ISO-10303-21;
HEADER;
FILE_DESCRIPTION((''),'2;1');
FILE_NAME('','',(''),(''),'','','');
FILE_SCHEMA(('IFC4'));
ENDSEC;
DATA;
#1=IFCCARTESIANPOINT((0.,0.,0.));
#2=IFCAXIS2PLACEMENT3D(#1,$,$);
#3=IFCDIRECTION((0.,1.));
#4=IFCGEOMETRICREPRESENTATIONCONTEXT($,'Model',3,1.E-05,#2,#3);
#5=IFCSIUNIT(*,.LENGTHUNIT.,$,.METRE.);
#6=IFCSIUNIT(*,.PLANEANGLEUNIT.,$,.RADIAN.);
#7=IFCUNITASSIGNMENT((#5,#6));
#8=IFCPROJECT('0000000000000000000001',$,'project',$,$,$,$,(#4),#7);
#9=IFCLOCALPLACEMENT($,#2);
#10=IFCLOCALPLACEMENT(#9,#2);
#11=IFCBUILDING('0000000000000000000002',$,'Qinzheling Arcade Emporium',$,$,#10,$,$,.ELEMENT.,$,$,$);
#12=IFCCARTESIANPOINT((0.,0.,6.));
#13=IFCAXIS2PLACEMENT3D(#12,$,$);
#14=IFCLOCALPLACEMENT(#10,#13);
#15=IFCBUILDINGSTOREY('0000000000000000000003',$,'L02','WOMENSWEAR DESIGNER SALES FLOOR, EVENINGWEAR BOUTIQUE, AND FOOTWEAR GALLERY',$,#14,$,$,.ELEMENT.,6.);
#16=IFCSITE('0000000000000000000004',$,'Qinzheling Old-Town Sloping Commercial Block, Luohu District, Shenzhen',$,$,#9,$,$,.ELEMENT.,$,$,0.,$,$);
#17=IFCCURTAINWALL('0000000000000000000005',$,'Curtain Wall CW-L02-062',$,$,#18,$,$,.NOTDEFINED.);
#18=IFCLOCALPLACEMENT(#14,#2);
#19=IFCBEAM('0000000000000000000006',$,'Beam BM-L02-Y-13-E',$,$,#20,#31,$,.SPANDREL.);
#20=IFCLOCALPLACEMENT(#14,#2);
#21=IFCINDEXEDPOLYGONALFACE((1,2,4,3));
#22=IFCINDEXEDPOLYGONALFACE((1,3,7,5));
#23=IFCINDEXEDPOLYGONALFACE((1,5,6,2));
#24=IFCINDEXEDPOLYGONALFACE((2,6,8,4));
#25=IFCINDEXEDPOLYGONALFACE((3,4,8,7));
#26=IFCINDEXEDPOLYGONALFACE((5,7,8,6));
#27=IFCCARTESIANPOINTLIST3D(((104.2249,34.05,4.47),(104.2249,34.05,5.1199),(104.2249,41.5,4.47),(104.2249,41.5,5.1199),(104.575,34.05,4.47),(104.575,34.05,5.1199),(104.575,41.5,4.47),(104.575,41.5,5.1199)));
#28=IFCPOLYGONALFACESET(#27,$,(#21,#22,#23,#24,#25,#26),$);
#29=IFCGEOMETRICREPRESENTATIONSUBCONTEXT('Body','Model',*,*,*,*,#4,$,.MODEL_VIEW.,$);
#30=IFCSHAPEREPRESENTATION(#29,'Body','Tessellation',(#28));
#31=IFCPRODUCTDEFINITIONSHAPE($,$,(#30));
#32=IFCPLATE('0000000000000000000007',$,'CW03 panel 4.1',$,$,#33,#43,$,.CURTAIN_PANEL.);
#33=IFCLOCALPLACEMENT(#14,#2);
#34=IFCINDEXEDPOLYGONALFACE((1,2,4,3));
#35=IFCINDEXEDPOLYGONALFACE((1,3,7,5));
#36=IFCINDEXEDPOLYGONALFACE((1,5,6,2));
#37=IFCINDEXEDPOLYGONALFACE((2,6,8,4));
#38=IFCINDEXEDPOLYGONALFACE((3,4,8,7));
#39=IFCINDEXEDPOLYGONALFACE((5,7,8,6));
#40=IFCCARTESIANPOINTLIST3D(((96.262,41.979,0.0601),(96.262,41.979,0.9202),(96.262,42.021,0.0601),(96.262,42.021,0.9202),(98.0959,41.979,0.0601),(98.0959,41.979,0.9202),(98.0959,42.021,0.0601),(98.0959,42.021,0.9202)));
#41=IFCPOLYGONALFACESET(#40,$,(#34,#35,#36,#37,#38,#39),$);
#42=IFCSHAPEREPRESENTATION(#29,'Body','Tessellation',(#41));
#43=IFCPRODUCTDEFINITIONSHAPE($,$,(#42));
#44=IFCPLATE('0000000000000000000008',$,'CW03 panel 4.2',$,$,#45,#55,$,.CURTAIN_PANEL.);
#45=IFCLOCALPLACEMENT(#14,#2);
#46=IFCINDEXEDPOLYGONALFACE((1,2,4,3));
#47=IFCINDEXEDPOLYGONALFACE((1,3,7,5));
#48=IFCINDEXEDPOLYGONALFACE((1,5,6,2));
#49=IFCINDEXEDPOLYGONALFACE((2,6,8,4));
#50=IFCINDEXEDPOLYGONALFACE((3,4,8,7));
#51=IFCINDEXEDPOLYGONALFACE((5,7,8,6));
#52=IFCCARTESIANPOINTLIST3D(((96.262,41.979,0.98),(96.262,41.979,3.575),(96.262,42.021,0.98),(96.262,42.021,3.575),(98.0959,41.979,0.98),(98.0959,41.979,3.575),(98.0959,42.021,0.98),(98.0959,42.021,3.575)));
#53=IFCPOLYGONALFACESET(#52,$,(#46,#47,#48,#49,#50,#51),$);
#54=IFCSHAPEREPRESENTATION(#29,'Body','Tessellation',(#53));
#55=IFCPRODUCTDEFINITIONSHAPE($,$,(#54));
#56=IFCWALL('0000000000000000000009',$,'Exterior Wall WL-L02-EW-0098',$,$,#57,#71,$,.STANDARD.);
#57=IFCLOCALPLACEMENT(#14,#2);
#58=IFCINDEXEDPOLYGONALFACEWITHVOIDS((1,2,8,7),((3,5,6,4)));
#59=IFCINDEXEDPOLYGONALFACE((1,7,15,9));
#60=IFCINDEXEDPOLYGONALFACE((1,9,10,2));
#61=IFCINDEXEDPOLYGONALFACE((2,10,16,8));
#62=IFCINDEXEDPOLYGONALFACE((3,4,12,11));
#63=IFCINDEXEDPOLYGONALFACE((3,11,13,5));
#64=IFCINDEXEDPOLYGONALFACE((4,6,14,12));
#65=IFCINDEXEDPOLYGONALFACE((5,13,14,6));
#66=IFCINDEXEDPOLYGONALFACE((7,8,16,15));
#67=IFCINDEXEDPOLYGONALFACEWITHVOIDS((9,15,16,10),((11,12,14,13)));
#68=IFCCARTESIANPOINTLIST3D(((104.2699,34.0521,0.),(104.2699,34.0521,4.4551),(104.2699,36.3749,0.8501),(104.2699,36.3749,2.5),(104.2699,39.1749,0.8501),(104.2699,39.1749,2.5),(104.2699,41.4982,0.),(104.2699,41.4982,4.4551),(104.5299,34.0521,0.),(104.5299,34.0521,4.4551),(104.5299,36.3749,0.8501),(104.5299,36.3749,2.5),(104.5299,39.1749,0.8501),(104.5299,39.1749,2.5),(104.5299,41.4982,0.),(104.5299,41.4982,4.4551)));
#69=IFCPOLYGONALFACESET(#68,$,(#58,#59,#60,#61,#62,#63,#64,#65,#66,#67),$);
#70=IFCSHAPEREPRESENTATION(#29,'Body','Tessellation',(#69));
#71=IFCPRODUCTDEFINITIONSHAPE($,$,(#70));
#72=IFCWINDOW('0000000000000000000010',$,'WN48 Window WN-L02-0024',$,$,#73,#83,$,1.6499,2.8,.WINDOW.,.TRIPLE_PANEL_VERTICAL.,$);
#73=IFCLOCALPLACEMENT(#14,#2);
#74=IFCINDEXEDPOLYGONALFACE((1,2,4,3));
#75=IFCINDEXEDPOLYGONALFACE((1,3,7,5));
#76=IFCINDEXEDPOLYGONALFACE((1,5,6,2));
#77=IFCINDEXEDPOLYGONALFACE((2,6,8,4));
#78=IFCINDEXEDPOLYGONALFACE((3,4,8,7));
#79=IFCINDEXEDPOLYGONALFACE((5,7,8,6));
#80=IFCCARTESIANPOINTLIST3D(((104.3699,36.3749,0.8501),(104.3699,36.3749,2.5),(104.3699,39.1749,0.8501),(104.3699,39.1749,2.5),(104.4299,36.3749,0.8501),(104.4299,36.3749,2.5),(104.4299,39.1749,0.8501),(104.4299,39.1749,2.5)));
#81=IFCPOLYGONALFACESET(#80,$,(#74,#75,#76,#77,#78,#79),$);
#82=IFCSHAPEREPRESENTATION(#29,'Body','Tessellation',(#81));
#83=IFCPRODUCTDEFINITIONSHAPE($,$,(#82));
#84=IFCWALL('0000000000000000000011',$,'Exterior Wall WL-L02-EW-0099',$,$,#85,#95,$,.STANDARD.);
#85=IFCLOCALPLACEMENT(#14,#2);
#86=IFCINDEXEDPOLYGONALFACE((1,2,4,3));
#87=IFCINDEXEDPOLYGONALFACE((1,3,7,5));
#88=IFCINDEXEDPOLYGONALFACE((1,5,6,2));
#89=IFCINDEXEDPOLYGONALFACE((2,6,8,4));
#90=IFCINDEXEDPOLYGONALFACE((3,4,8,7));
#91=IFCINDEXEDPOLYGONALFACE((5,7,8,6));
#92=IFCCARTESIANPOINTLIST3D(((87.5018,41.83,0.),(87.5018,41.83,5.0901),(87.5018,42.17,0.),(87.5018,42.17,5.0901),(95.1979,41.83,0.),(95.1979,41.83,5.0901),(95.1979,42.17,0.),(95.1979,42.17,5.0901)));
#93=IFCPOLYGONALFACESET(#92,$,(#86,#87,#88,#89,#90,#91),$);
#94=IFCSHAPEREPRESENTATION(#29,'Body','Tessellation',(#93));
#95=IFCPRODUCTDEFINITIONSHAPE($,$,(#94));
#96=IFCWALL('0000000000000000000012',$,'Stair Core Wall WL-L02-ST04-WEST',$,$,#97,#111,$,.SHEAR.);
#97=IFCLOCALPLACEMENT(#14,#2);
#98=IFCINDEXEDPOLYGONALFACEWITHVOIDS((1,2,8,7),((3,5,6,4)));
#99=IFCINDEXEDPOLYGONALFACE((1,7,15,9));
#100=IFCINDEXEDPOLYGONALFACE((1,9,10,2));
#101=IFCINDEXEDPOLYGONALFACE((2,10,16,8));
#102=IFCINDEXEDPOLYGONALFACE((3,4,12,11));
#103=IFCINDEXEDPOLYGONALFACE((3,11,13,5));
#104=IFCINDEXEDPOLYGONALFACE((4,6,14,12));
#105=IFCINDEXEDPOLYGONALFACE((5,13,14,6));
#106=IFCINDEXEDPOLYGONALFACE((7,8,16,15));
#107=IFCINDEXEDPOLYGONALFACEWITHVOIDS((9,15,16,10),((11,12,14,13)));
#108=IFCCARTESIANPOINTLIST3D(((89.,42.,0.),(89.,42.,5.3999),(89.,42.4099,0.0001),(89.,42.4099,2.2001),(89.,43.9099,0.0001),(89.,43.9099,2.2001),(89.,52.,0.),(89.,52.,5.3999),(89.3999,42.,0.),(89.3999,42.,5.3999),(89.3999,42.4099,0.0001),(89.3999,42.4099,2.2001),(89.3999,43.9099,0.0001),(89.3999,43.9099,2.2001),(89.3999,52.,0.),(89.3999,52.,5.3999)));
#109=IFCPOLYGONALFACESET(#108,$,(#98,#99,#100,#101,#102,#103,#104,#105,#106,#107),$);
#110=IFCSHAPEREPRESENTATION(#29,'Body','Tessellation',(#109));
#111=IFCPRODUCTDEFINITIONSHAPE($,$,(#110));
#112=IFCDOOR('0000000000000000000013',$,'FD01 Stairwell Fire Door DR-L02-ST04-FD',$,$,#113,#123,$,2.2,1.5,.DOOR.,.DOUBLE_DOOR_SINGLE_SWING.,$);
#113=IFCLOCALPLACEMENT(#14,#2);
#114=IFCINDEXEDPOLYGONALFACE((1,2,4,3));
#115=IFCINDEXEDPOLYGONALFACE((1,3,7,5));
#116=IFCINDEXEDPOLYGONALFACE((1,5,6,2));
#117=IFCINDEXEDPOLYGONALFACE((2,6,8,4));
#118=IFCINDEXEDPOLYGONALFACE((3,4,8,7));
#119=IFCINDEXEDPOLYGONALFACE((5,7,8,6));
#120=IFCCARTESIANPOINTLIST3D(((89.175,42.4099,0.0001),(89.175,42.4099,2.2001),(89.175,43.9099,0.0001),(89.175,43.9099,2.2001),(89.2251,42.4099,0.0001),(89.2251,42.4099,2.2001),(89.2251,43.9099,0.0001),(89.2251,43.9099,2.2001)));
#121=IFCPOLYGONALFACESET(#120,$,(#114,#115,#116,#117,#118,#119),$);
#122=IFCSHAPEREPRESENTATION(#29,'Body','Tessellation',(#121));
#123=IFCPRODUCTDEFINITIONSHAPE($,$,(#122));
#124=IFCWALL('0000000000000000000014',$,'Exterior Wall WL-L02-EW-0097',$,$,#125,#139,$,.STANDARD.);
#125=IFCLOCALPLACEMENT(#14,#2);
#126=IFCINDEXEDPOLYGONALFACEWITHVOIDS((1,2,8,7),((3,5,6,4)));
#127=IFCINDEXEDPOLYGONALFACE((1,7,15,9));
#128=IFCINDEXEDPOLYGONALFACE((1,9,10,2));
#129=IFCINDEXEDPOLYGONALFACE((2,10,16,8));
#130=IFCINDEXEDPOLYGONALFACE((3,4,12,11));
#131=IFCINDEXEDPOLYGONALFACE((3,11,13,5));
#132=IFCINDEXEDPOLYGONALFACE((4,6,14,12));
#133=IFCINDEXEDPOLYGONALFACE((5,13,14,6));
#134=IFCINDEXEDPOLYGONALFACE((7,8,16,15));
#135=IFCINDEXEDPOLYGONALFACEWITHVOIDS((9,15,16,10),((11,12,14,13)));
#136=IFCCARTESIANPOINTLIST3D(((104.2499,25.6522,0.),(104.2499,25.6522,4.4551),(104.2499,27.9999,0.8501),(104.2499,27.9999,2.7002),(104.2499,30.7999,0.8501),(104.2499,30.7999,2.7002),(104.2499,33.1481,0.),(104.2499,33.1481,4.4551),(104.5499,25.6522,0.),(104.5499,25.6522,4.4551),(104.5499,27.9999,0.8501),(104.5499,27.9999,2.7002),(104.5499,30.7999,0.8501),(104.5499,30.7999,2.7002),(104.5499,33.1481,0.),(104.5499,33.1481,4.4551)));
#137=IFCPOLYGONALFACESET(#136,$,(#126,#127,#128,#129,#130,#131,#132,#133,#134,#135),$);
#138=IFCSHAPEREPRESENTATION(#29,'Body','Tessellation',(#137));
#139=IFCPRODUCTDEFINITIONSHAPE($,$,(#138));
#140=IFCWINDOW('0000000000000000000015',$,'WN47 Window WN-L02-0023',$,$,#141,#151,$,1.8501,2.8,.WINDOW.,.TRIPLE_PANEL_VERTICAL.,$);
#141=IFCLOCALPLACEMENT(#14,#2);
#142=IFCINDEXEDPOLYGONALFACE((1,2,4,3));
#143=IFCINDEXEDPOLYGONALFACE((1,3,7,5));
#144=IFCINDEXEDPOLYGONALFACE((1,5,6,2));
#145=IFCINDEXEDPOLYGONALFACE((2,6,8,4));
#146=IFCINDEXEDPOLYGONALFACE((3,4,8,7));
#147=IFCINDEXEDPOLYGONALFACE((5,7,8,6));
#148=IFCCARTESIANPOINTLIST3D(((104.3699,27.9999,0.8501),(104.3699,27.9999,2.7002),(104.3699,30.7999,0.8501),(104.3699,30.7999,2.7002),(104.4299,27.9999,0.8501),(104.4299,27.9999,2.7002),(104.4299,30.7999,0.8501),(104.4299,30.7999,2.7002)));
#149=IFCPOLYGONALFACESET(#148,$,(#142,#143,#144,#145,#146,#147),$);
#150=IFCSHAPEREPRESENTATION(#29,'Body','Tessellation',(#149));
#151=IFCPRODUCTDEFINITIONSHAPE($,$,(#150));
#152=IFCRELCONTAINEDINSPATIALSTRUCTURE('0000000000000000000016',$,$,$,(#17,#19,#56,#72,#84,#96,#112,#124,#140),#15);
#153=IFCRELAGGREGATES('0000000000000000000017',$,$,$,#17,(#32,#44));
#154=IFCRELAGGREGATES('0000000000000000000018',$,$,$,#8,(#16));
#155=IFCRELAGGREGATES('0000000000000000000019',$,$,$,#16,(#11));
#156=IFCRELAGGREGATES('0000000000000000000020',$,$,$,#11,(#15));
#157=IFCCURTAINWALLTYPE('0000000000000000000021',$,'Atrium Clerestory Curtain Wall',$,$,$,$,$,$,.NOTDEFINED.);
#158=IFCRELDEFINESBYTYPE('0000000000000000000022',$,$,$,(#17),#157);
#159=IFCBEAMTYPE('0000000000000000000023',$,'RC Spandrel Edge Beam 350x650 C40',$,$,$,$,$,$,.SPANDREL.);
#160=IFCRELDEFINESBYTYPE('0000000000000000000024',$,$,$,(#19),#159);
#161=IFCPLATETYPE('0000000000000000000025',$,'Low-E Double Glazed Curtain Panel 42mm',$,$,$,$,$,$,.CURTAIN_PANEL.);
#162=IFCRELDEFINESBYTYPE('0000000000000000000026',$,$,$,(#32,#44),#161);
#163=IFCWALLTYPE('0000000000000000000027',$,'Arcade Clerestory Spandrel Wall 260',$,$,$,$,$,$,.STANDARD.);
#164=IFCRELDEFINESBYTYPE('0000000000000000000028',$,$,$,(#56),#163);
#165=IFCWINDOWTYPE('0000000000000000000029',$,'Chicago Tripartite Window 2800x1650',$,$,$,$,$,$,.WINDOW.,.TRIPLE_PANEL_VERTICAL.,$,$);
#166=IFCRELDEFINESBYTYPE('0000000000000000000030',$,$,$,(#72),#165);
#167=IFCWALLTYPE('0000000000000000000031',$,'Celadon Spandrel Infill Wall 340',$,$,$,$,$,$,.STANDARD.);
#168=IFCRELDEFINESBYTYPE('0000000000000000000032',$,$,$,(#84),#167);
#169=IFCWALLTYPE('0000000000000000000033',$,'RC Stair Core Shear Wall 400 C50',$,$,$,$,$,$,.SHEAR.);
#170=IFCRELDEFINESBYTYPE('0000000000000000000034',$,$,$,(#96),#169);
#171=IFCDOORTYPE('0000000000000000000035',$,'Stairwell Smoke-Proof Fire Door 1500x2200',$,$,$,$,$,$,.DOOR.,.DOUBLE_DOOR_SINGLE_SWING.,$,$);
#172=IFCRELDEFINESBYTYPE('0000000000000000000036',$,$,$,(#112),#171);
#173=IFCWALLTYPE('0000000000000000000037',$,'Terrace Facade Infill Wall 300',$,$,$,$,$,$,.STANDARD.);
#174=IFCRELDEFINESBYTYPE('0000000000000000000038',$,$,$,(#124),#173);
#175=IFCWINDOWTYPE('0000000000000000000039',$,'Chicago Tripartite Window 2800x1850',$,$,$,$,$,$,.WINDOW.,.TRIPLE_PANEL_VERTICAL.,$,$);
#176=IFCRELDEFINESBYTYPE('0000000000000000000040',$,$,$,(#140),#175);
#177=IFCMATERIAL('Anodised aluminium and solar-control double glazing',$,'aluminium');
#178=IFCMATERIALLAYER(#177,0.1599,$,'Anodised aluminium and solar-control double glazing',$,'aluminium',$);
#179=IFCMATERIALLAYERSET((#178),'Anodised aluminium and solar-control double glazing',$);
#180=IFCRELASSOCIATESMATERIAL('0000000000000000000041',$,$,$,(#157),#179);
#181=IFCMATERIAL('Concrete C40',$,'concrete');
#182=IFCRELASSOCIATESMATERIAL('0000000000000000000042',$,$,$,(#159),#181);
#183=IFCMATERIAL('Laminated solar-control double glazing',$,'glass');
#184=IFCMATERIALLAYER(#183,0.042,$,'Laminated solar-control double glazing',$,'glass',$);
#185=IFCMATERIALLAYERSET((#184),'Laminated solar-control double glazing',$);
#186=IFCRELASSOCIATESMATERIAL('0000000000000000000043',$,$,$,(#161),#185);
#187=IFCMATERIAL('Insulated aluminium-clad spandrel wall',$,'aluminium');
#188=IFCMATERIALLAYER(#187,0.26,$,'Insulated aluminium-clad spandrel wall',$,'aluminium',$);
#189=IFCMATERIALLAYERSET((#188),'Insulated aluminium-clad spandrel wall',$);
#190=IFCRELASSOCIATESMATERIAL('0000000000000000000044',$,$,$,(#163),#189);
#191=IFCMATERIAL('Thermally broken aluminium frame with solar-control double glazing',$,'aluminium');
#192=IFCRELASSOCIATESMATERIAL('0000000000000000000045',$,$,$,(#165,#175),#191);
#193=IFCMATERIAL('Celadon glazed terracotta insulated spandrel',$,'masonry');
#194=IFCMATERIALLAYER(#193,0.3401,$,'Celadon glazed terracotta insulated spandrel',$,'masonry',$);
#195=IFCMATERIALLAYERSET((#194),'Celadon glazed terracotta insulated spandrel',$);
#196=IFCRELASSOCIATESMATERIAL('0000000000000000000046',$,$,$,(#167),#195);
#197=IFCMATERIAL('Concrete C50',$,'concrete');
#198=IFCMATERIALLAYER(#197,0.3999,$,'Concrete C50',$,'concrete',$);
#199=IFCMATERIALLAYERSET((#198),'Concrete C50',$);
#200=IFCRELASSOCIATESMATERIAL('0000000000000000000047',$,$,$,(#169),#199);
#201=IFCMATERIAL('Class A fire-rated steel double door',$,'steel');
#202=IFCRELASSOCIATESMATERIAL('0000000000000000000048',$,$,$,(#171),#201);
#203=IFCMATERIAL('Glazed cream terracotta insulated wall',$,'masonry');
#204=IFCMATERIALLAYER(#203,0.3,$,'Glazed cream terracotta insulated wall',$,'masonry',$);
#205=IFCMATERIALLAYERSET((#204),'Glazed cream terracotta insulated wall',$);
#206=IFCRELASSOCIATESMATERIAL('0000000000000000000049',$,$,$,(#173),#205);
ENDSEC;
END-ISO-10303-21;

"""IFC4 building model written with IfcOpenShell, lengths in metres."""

from ifc_helpers import new_model, si_unit, direction, frame, frame_2d, origin, origin_2d, place, context, subcontext, project, spatial, rectangle, extrude, material, layer, layer_set, material_profile, profile_set, type_object, element, fill, aggregate, save


model = new_model("IFC4")

# Units and contexts
model_context = context("Model", 3, precision=1e-05, world=origin(), true_north=direction((0.0, 1.0)))
body_context = subcontext(model_context, "Body", "Model", "MODEL_VIEW")
ifc_project = project(units=[si_unit("LENGTHUNIT", "METRE"), si_unit("PLANEANGLEUNIT", "RADIAN")], contexts=[model_context])

# Site, building, storey
site_placement = place(None, origin())
site = spatial("IfcSite", under=ifc_project, at=site_placement, Name="Qinzheling Old-Town Sloping Commercial Block, Luohu District, Shenzhen", CompositionType="ELEMENT", RefElevation=0.0)
building_placement = place(site_placement, origin())
building = spatial("IfcBuilding", under=site, at=building_placement, Name="Qinzheling Arcade Emporium", CompositionType="ELEMENT")
storey_placement = place(building_placement, frame((0.0, 0.0, 6.0)))
storey = spatial("IfcBuildingStorey", under=building, at=storey_placement, Name="L02", Description="WOMENSWEAR DESIGNER SALES FLOOR, EVENINGWEAR BOUTIQUE, AND FOOTWEAR GALLERY", CompositionType="ELEMENT", Elevation=6.0)

# Shared definitions
ifc_material_1 = material(Name="Concrete C50", Category="concrete")

# Curtain wall
ifc_material_2 = material(Name="Anodised aluminium and solar-control double glazing", Category="aluminium")
ifc_layer_1 = layer(ifc_material_2, 0.1599, Name="Anodised aluminium and solar-control double glazing", Category="aluminium")
ifc_layer_set_1 = layer_set([ifc_layer_1], Name="Anodised aluminium and solar-control double glazing")
curtain_wall_type = type_object("IfcCurtainWallType", Name="Atrium Clerestory Curtain Wall", PredefinedType="NOTDEFINED", material=ifc_layer_set_1)
curtain_wall_1_placement = place(storey_placement, origin())
curtain_wall_1 = element("IfcCurtainWall", 1, at=curtain_wall_1_placement, inside=storey, type_object=curtain_wall_type, Name="Curtain Wall CW-L02-062", PredefinedType="NOTDEFINED")

# Beam
ifc_material_3 = material(Name="Concrete C40", Category="concrete")
ifc_material_profile_1 = material_profile(ifc_material_3, rectangle(XDim=0.3501, YDim=0.6499, at=origin_2d()), Name="RC 350x650", Category="concrete")
ifc_profile_set_1 = profile_set([ifc_material_profile_1], Name="Concrete C40")
beam_type_1 = type_object("IfcBeamType", Name="RC Spandrel Edge Beam 350x650 C40", PredefinedType="SPANDREL", material=ifc_profile_set_1)
beam_1_placement = place(storey_placement, frame((104.3999, 34.05, 4.7949), z_axis=(0.0, 1.0, 0.0), x_axis=(-1.0, 0.0, 0.0)))
element("IfcBeam", 2, at=beam_1_placement, inside=storey, type_object=beam_type_1, Name="Beam BM-L02-Y-13-E", PredefinedType="SPANDREL", context=body_context, shape_type="SweptSolid", body=[
    extrude(rectangle(XDim=0.3501, YDim=0.6499, at=origin_2d()), origin(), (0.0, 0.0, 1.0), 7.45),
])

# Plates
ifc_material_4 = material(Name="Laminated solar-control double glazing", Category="glass")
ifc_layer_2 = layer(ifc_material_4, 0.042, Name="Laminated solar-control double glazing", Category="glass")
ifc_layer_set_2 = layer_set([ifc_layer_2], Name="Laminated solar-control double glazing")
plate_type = type_object("IfcPlateType", Name="Low-E Double Glazed Curtain Panel 42mm", PredefinedType="CURTAIN_PANEL", material=ifc_layer_set_2)
plate_1_placement = place(storey_placement, frame((97.179, 42.0, 0.0601), z_axis=(0.0, 0.0, 1.0), x_axis=(-1.0, 0.0, 0.0)))
plate_1 = element("IfcPlate", 3, at=plate_1_placement, type_object=plate_type, Name="CW03 panel 4.1", PredefinedType="CURTAIN_PANEL", context=body_context, shape_type="SweptSolid", body=[
    extrude(rectangle(XDim=1.834, YDim=0.042, at=origin_2d()), origin(), (0.0, 0.0, 1.0), 0.8601),
])
plate_2_placement = place(storey_placement, frame((97.179, 42.0, 0.98), z_axis=(0.0, 0.0, 1.0), x_axis=(-1.0, 0.0, 0.0)))
plate_2 = element("IfcPlate", 4, at=plate_2_placement, type_object=plate_type, Name="CW03 panel 4.2", PredefinedType="CURTAIN_PANEL", context=body_context, shape_type="SweptSolid", body=[
    extrude(rectangle(XDim=1.834, YDim=0.042, at=origin_2d()), origin(), (0.0, 0.0, 1.0), 2.595),
])
aggregate(curtain_wall_1, [plate_1, plate_2])

# Wall, opening, window
ifc_material_5 = material(Name="Insulated aluminium-clad spandrel wall", Category="aluminium")
ifc_layer_3 = layer(ifc_material_5, 0.26, Name="Insulated aluminium-clad spandrel wall", Category="aluminium")
ifc_layer_set_3 = layer_set([ifc_layer_3], Name="Insulated aluminium-clad spandrel wall")
wall_type_1 = type_object("IfcWallType", Name="Arcade Clerestory Spandrel Wall 260", PredefinedType="STANDARD", material=ifc_layer_set_3)
wall_1_placement = place(storey_placement, frame((104.3999, 34.052, 0.0), z_axis=(0.0, 0.0, 1.0), x_axis=(0.0, 1.0, 0.0)))
wall_1 = element("IfcWall", 5, at=wall_1_placement, inside=storey, type_object=wall_type_1, Name="Exterior Wall WL-L02-EW-0098", PredefinedType="STANDARD", context=body_context, shape_type="SweptSolid", body=[
    extrude(rectangle(XDim=7.446, YDim=0.26, at=frame_2d((3.7231, 0.0))), origin(), (0.0, 0.0, 1.0), 4.4551),
])
opening_1_placement = place(wall_1_placement, frame((2.323, 0.0, 0.8501)))
opening_1 = element("IfcOpeningElement", 6, at=opening_1_placement, cuts=wall_1, PredefinedType="OPENING", context=body_context, shape_type="SweptSolid", body=[
    extrude(rectangle(XDim=2.8, YDim=1.6499, at=frame_2d((1.3999, 0.825))), frame((0.0, 0.1401, 0.0), z_axis=(0.0, -1.0, 0.0), x_axis=(1.0, 0.0, 0.0)), (0.0, 0.0, 1.0), 0.28),
])
ifc_material_6 = material(Name="Thermally broken aluminium frame with solar-control double glazing", Category="aluminium")
window_type_1 = type_object("IfcWindowType", Name="Chicago Tripartite Window 2800x1650", PartitioningType="TRIPLE_PANEL_VERTICAL", PredefinedType="WINDOW", material=ifc_material_6)
window_1_placement = place(opening_1_placement, origin())
window_1 = element("IfcWindow", 7, at=window_1_placement, inside=storey, type_object=window_type_1, Name="WN48 Window WN-L02-0024", OverallHeight=1.6499, OverallWidth=2.8, PartitioningType="TRIPLE_PANEL_VERTICAL", PredefinedType="WINDOW", context=body_context, shape_type="SweptSolid", body=[
    extrude(rectangle(XDim=2.8, YDim=1.6499, at=frame_2d((1.3999, 0.825))), frame((0.0, 0.03, 0.0), z_axis=(0.0, -1.0, 0.0), x_axis=(1.0, 0.0, 0.0)), (0.0, 0.0, 1.0), 0.0601),
])
fill(opening_1, window_1)

# Wall
ifc_material_7 = material(Name="Celadon glazed terracotta insulated spandrel", Category="masonry")
ifc_layer_4 = layer(ifc_material_7, 0.3401, Name="Celadon glazed terracotta insulated spandrel", Category="masonry")
ifc_layer_set_4 = layer_set([ifc_layer_4], Name="Celadon glazed terracotta insulated spandrel")
wall_type_2 = type_object("IfcWallType", Name="Celadon Spandrel Infill Wall 340", PredefinedType="STANDARD", material=ifc_layer_set_4)
wall_2_placement = place(storey_placement, frame((95.198, 42.0, 0.0), z_axis=(0.0, 0.0, 1.0), x_axis=(-1.0, 0.0, 0.0)))
element("IfcWall", 8, at=wall_2_placement, inside=storey, type_object=wall_type_2, Name="Exterior Wall WL-L02-EW-0099", PredefinedType="STANDARD", context=body_context, shape_type="SweptSolid", body=[
    extrude(rectangle(XDim=7.696, YDim=0.3401, at=frame_2d((3.8481, 0.0))), origin(), (0.0, 0.0, 1.0), 5.0901),
])

# Wall, opening, door
ifc_layer_5 = layer(ifc_material_1, 0.3999, Name="Concrete C50", Category="concrete")
ifc_layer_set_5 = layer_set([ifc_layer_5], Name="Concrete C50")
wall_type_3 = type_object("IfcWallType", Name="RC Stair Core Shear Wall 400 C50", PredefinedType="SHEAR", material=ifc_layer_set_5)
wall_3_placement = place(storey_placement, frame((89.2, 42.0, 0.0), z_axis=(0.0, 0.0, 1.0), x_axis=(0.0, 1.0, 0.0)))
wall_3 = element("IfcWall", 9, at=wall_3_placement, inside=storey, type_object=wall_type_3, Name="Stair Core Wall WL-L02-ST04-WEST", PredefinedType="SHEAR", context=body_context, shape_type="SweptSolid", body=[
    extrude(rectangle(XDim=10.0, YDim=0.3999, at=frame_2d((5.0, 0.0))), origin(), (0.0, 0.0, 1.0), 5.3999),
])
opening_2_placement = place(wall_3_placement, frame((0.4099, 0.0, 0.0)))
opening_2 = element("IfcOpeningElement", 10, at=opening_2_placement, cuts=wall_3, PredefinedType="OPENING", context=body_context, shape_type="SweptSolid", body=[
    extrude(rectangle(XDim=1.5, YDim=2.2, at=frame_2d((0.75, 1.1001))), frame((0.0, 0.21, 0.0), z_axis=(0.0, -1.0, 0.0), x_axis=(1.0, 0.0, 0.0)), (0.0, 0.0, 1.0), 0.4199),
])
ifc_material_8 = material(Name="Class A fire-rated steel double door", Category="steel")
door_type = type_object("IfcDoorType", Name="Stairwell Smoke-Proof Fire Door 1500x2200", OperationType="DOUBLE_DOOR_SINGLE_SWING", PredefinedType="DOOR", material=ifc_material_8)
door_placement = place(opening_2_placement, origin())
door = element("IfcDoor", 11, at=door_placement, inside=storey, type_object=door_type, Name="FD01 Stairwell Fire Door DR-L02-ST04-FD", OperationType="DOUBLE_DOOR_SINGLE_SWING", OverallHeight=2.2, OverallWidth=1.5, PredefinedType="DOOR", context=body_context, shape_type="SweptSolid", body=[
    extrude(rectangle(XDim=1.5, YDim=2.2, at=frame_2d((0.75, 1.1001))), frame((0.0, 0.0249, 0.0), z_axis=(0.0, -1.0, 0.0), x_axis=(1.0, 0.0, 0.0)), (0.0, 0.0, 1.0), 0.05),
])
fill(opening_2, door)

# Wall, opening, window
ifc_material_9 = material(Name="Glazed cream terracotta insulated wall", Category="masonry")
ifc_layer_6 = layer(ifc_material_9, 0.3, Name="Glazed cream terracotta insulated wall", Category="masonry")
ifc_layer_set_6 = layer_set([ifc_layer_6], Name="Glazed cream terracotta insulated wall")
wall_type_4 = type_object("IfcWallType", Name="Terrace Facade Infill Wall 300", PredefinedType="STANDARD", material=ifc_layer_set_6)
wall_4_placement = place(storey_placement, frame((104.3999, 25.6521, 0.0), z_axis=(0.0, 0.0, 1.0), x_axis=(0.0, 1.0, 0.0)))
wall_4 = element("IfcWall", 12, at=wall_4_placement, inside=storey, type_object=wall_type_4, Name="Exterior Wall WL-L02-EW-0097", PredefinedType="STANDARD", context=body_context, shape_type="SweptSolid", body=[
    extrude(rectangle(XDim=7.4958, YDim=0.3, at=frame_2d((3.748, 0.0))), origin(), (0.0, 0.0, 1.0), 4.4551),
])
opening_3_placement = place(wall_4_placement, frame((2.3479, 0.0, 0.8501)))
opening_3 = element("IfcOpeningElement", 13, at=opening_3_placement, cuts=wall_4, PredefinedType="OPENING", context=body_context, shape_type="SweptSolid", body=[
    extrude(rectangle(XDim=2.8, YDim=1.8501, at=frame_2d((1.3999, 0.925))), frame((0.0, 0.1602, 0.0), z_axis=(0.0, -1.0, 0.0), x_axis=(1.0, 0.0, 0.0)), (0.0, 0.0, 1.0), 0.3201),
])
window_type_2 = type_object("IfcWindowType", Name="Chicago Tripartite Window 2800x1850", PartitioningType="TRIPLE_PANEL_VERTICAL", PredefinedType="WINDOW", material=ifc_material_6)
window_2_placement = place(opening_3_placement, origin())
window_2 = element("IfcWindow", 14, at=window_2_placement, inside=storey, type_object=window_type_2, Name="WN47 Window WN-L02-0023", OverallHeight=1.8501, OverallWidth=2.8, PartitioningType="TRIPLE_PANEL_VERTICAL", PredefinedType="WINDOW", context=body_context, shape_type="SweptSolid", body=[
    extrude(rectangle(XDim=2.8, YDim=1.8501, at=frame_2d((1.3999, 0.925))), frame((0.0, 0.03, 0.0), z_axis=(0.0, -1.0, 0.0), x_axis=(1.0, 0.0, 0.0)), (0.0, 0.0, 1.0), 0.0601),
])
fill(opening_3, window_2)

save(model, "model.ifc")
